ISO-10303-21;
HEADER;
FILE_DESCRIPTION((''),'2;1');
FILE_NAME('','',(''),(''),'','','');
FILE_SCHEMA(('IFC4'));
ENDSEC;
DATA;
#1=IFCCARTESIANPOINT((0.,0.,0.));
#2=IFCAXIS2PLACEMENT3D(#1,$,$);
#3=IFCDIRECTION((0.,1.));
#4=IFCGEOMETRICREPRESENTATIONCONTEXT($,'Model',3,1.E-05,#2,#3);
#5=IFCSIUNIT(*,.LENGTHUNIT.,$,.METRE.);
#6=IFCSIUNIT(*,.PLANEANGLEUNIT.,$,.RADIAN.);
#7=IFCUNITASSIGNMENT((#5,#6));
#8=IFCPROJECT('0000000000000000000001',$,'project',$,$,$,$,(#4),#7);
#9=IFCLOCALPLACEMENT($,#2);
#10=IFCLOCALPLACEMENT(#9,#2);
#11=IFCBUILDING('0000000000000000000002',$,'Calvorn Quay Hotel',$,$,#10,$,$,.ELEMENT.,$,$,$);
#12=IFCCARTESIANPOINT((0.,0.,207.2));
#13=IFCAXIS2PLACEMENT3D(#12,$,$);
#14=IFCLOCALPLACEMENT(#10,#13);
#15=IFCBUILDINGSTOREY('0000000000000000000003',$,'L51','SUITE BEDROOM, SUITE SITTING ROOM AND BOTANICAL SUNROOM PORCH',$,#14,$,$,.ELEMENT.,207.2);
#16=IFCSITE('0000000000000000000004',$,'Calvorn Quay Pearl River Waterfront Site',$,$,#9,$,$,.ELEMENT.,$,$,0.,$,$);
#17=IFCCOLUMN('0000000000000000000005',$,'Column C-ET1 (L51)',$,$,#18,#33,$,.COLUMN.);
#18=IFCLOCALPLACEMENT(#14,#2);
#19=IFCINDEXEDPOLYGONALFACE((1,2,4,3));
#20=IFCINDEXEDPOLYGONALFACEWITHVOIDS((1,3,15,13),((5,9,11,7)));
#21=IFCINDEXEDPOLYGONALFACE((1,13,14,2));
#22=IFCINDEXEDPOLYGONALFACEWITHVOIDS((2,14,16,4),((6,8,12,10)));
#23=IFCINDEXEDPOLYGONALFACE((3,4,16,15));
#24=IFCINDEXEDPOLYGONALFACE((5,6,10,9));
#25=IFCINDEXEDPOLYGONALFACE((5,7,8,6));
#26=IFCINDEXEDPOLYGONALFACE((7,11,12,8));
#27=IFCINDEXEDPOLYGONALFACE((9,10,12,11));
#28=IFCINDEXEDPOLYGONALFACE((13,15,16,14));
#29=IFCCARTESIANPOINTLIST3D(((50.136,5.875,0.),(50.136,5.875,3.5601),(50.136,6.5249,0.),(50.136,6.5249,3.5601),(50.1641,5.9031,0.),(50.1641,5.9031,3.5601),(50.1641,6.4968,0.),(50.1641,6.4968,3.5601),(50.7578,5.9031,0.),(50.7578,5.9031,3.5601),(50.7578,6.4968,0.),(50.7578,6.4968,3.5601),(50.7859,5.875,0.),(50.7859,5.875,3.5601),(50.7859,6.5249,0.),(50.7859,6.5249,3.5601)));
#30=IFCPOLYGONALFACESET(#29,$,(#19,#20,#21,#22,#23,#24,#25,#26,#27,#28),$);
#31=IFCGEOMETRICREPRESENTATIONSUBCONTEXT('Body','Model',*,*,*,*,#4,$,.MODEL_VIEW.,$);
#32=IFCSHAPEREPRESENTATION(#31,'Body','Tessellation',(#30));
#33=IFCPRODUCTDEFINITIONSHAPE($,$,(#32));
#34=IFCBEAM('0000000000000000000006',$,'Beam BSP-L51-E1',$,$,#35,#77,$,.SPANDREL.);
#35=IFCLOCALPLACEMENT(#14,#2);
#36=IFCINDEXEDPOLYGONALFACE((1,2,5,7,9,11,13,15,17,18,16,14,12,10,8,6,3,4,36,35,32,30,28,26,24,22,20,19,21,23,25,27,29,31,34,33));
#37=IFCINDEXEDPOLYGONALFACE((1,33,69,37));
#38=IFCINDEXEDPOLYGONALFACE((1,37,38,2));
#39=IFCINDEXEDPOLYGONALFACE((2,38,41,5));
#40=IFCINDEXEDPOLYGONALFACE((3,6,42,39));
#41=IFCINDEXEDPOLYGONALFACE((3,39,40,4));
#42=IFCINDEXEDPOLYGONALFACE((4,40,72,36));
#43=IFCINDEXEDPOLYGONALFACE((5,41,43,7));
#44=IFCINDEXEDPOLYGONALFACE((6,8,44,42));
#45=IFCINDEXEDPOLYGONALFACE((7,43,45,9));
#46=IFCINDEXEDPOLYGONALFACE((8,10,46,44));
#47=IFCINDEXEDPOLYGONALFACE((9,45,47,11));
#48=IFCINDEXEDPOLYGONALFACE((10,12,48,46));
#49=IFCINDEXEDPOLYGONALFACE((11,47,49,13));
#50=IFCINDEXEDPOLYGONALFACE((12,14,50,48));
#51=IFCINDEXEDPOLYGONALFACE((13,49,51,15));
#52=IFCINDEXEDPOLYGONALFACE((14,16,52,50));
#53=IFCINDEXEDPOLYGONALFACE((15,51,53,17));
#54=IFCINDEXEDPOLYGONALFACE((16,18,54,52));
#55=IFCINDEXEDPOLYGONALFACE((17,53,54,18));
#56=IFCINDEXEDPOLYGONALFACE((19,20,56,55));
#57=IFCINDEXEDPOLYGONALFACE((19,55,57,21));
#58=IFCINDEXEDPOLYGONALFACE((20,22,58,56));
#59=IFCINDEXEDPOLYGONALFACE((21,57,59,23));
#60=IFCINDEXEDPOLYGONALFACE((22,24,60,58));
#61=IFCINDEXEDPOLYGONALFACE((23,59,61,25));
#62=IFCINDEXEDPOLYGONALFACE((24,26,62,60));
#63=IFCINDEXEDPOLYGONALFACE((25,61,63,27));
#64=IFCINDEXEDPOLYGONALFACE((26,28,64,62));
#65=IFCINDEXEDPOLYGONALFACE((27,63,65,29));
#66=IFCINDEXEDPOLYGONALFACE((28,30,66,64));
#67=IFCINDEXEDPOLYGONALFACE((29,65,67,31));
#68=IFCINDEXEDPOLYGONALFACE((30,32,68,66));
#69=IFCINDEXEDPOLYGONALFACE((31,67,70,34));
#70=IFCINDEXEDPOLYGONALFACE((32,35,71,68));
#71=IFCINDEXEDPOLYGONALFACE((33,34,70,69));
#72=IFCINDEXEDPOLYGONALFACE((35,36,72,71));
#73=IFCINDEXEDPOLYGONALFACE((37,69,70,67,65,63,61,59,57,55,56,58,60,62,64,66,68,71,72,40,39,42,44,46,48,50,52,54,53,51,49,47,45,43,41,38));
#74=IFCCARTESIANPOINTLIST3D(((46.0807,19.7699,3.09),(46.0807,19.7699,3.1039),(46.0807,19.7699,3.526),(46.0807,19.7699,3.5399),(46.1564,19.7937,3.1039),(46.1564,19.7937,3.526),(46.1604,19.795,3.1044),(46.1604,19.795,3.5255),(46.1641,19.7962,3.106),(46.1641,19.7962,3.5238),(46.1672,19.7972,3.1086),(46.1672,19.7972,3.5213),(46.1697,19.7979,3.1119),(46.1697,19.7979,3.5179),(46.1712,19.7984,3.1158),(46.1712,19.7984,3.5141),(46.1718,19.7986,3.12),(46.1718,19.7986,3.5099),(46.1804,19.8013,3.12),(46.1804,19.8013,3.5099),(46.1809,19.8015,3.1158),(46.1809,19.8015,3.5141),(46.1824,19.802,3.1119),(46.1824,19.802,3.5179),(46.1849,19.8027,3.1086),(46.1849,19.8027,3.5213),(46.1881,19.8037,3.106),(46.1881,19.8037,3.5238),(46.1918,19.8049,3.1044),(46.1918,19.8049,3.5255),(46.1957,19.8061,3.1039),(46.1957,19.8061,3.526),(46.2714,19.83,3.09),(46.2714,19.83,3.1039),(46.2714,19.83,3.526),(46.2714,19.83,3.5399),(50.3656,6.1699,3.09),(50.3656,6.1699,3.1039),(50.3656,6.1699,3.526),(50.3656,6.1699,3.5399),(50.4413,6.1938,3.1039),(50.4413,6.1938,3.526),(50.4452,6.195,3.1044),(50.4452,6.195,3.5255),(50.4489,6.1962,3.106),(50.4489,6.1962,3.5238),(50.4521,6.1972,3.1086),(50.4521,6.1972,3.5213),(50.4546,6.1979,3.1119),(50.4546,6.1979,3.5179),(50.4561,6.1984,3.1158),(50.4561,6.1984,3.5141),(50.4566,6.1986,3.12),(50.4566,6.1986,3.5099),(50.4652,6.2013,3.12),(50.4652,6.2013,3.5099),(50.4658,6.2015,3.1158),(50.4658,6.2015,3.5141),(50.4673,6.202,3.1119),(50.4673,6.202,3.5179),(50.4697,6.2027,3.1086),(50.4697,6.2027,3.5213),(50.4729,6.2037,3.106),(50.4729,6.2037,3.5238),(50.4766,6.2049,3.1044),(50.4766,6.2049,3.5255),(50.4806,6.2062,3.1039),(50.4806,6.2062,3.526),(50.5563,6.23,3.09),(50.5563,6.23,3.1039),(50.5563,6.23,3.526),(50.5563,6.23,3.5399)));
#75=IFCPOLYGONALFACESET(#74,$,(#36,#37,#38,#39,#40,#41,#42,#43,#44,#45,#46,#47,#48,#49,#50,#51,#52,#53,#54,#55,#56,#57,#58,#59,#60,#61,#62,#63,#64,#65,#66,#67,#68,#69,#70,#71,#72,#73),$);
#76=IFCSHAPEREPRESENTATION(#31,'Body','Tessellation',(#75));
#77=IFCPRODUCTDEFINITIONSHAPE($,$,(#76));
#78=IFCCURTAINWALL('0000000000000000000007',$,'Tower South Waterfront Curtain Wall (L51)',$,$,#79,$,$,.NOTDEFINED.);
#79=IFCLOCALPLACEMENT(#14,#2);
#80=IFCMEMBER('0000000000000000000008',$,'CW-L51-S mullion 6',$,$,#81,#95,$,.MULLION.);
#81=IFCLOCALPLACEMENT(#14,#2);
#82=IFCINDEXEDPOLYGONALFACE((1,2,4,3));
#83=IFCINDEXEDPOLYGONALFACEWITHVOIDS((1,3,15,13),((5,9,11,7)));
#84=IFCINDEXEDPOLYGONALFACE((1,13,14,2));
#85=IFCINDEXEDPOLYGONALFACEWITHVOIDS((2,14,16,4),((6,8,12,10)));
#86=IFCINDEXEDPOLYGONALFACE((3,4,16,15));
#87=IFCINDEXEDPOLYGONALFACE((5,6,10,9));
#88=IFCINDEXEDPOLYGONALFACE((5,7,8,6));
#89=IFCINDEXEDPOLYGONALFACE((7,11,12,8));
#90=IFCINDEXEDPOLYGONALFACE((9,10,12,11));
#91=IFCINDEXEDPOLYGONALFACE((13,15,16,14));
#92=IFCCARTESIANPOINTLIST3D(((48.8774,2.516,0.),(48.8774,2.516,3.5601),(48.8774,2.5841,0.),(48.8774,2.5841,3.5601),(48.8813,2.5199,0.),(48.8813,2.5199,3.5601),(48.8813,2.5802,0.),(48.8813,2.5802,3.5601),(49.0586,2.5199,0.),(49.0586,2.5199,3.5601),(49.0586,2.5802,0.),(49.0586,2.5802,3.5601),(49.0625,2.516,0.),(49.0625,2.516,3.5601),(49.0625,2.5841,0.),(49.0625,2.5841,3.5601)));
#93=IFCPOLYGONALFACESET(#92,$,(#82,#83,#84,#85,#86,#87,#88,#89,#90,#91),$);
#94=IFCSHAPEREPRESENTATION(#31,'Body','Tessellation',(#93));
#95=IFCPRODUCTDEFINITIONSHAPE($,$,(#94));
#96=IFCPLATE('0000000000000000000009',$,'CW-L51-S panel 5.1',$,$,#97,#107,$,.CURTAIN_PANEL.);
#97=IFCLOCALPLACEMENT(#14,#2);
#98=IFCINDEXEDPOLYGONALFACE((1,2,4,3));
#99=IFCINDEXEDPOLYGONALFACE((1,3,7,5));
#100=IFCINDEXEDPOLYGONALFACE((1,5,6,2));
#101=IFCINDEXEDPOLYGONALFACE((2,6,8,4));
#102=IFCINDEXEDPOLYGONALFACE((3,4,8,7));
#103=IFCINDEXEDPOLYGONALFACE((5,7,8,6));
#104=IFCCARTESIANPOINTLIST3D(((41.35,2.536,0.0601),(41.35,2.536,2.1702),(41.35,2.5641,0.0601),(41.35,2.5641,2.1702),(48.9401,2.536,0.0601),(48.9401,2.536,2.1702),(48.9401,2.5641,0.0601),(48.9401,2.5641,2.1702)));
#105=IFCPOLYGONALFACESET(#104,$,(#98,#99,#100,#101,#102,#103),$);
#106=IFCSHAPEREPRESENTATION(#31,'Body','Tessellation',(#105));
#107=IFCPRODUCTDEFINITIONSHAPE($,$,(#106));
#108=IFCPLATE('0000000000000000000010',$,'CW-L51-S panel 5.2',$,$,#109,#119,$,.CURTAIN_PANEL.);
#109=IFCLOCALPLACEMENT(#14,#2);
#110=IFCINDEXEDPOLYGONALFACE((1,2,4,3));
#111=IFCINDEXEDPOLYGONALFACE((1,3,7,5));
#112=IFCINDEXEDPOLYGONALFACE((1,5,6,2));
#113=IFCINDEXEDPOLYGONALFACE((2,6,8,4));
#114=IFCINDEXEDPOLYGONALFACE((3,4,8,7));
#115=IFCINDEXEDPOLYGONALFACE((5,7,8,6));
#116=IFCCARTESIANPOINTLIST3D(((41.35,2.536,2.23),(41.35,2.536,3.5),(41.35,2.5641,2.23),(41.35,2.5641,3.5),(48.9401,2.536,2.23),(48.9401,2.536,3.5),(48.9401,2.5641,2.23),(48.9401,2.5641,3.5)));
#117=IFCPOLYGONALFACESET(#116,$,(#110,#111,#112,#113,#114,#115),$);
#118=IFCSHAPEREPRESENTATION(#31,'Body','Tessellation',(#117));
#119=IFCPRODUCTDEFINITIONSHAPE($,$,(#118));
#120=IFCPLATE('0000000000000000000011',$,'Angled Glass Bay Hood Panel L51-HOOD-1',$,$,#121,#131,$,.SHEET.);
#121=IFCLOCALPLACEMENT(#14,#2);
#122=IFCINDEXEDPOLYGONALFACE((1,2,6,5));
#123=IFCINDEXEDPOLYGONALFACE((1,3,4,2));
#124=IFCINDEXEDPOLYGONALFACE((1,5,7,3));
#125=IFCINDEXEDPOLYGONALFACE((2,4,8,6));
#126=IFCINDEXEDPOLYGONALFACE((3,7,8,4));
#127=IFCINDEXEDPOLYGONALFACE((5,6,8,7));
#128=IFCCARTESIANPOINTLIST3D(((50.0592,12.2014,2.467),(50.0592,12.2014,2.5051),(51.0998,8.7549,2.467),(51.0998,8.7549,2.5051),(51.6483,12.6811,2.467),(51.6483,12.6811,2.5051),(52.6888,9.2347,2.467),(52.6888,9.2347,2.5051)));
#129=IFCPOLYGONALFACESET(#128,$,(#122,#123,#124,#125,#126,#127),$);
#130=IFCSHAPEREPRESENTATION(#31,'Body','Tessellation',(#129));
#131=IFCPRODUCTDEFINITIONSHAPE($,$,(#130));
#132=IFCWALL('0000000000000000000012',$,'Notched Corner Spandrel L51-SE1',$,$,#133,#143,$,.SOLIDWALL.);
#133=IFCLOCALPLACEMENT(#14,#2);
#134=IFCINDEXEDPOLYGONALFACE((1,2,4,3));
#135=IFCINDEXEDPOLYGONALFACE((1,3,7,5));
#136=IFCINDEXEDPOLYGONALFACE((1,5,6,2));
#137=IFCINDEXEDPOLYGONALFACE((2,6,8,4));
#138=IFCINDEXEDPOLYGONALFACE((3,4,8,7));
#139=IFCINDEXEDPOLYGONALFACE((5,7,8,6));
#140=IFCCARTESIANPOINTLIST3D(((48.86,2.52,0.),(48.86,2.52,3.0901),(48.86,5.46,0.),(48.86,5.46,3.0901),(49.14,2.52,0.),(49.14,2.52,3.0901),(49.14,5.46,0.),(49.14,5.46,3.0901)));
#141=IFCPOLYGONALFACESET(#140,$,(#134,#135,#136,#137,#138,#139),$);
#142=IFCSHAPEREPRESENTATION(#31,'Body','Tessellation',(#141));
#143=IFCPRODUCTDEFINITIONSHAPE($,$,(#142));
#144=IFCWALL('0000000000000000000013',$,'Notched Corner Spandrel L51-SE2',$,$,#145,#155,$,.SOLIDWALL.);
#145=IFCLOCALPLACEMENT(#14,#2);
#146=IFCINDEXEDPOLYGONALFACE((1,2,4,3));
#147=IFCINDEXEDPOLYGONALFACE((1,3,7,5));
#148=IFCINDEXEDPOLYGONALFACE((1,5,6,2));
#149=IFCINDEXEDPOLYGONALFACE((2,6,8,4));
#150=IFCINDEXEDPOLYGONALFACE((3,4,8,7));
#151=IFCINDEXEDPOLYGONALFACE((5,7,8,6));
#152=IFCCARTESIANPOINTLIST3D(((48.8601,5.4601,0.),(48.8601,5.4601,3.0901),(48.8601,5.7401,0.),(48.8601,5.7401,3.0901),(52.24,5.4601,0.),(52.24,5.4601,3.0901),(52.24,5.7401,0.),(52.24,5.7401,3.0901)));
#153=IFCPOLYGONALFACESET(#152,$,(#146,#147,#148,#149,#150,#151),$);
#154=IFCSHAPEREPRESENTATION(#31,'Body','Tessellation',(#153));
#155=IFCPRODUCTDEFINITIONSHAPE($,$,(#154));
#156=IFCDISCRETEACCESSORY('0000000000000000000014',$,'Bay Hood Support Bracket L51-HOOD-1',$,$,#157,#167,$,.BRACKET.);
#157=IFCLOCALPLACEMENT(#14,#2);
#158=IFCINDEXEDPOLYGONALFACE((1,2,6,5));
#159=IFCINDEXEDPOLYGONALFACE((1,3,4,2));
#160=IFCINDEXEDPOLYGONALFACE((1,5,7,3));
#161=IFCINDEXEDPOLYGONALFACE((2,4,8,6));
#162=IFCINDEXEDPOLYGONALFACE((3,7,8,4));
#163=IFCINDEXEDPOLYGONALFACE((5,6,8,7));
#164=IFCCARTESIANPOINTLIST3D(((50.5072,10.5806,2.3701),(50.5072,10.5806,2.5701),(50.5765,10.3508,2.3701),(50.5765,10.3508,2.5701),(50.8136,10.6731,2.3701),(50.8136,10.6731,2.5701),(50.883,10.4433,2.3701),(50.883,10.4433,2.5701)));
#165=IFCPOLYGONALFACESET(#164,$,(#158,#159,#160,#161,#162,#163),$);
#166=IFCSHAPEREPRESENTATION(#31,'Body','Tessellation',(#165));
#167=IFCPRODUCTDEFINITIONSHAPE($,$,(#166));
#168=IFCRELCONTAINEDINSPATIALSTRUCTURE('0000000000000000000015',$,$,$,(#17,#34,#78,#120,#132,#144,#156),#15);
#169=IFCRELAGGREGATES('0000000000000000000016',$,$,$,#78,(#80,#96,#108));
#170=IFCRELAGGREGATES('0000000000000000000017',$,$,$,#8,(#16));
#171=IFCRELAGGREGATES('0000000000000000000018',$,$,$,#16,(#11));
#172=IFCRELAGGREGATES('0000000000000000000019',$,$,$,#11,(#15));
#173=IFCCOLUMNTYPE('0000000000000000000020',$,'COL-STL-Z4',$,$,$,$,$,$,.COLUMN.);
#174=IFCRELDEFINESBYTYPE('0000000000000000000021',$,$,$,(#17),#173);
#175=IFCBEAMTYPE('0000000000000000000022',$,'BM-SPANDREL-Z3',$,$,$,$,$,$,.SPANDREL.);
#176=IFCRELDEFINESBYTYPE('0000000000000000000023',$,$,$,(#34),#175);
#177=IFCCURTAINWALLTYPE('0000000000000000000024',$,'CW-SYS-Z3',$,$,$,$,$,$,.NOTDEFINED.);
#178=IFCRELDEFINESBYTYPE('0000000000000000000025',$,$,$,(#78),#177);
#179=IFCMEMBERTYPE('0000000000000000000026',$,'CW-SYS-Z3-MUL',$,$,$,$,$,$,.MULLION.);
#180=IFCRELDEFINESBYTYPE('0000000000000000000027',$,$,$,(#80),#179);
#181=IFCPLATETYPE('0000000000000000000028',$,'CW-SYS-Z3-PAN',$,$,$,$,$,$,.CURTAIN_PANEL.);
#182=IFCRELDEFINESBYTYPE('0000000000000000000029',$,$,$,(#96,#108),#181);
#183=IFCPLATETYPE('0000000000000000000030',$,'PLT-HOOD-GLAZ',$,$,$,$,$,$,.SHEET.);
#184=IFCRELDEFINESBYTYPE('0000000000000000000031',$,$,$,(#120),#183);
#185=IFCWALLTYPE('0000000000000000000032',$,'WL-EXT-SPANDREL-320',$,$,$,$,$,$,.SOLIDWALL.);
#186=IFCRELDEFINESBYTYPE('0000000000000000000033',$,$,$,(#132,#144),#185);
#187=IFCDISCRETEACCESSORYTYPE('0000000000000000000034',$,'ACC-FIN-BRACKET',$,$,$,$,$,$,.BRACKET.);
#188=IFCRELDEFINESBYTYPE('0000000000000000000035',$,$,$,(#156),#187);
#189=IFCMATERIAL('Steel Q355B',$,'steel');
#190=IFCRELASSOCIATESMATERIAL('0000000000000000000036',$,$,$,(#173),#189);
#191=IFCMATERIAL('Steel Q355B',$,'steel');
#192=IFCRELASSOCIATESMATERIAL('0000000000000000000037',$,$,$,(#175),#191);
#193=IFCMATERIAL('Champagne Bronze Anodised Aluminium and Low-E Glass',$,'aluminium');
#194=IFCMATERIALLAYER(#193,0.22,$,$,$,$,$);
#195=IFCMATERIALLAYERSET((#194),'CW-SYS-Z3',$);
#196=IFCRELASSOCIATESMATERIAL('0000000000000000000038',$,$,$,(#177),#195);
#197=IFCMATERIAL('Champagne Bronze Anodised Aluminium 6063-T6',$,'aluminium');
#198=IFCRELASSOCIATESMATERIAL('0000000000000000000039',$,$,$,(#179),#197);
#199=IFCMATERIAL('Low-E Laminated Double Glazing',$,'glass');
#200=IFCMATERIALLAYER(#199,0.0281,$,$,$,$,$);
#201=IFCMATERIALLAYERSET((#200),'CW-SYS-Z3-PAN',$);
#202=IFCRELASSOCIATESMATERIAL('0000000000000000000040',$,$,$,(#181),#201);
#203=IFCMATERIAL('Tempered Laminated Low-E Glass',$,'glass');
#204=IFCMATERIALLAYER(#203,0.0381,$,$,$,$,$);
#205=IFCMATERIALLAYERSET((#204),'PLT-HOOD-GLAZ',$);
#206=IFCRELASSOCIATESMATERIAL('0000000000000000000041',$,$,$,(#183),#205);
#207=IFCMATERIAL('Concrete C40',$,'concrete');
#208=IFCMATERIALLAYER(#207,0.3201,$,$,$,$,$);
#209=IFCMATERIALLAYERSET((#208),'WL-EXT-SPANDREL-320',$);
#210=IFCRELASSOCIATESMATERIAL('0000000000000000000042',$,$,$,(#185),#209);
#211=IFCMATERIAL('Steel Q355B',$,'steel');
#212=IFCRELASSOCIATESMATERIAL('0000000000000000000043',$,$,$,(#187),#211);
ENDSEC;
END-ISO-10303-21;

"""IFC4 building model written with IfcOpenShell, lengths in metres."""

from ifc_helpers import new_model, si_unit, direction, frame, frame_2d, origin, origin_2d, place, context, subcontext, project, spatial, rectangle, hollow_rectangle, i_section, extrude, material, layer, layer_set, material_profile, profile_set, type_object, element, aggregate, save


model = new_model("IFC4")

# Units and contexts
model_context = context("Model", 3, precision=1e-05, world=origin(), true_north=direction((0.0, 1.0)))
body_context = subcontext(model_context, "Body", "Model", "MODEL_VIEW")
ifc_project = project(units=[si_unit("LENGTHUNIT", "METRE"), si_unit("PLANEANGLEUNIT", "RADIAN")], contexts=[model_context])

# Site, building, storey
site_placement = place(None, origin())
site = spatial("IfcSite", under=ifc_project, at=site_placement, Name="Calvorn Quay Pearl River Waterfront Site", CompositionType="ELEMENT", RefElevation=0.0)
building_placement = place(site_placement, origin())
building = spatial("IfcBuilding", under=site, at=building_placement, Name="Calvorn Quay Hotel", CompositionType="ELEMENT")
storey_placement = place(building_placement, frame((0.0, 0.0, 207.2)))
storey = spatial("IfcBuildingStorey", under=building, at=storey_placement, Name="L51", Description="SUITE BEDROOM, SUITE SITTING ROOM AND BOTANICAL SUNROOM PORCH", CompositionType="ELEMENT", Elevation=207.2)

# Column
ifc_material_1 = material(Name="Steel Q355B", Category="steel")
ifc_material_profile_1 = material_profile(ifc_material_1, hollow_rectangle(XDim=0.6499, YDim=0.6499, WallThickness=0.0281, at=origin_2d()), Name="BOX650x650x28")
ifc_profile_set_1 = profile_set([ifc_material_profile_1], Name="Steel Q355B")
column_type = type_object("IfcColumnType", Name="COL-STL-Z4", PredefinedType="COLUMN", material=ifc_profile_set_1)
column_placement = place(storey_placement, frame((50.4609, 6.2, 0.0), z_axis=(0.0, 0.0, 1.0), x_axis=(1.0, 0.0, 0.0)))
element("IfcColumn", 1, at=column_placement, inside=storey, type_object=column_type, Name="Column C-ET1 (L51)", PredefinedType="COLUMN", context=body_context, shape_type="SweptSolid", body=[
    extrude(hollow_rectangle(XDim=0.6499, YDim=0.6499, WallThickness=0.0281, at=origin_2d()), origin(), (0.0, 0.0, 1.0), 3.5601),
])

# Beam
ifc_material_2 = material(Name="Steel Q355B", Category="steel")
ifc_material_profile_2 = material_profile(ifc_material_2, i_section(OverallWidth=0.2, OverallDepth=0.45, WebThickness=0.009, FlangeThickness=0.0139, FilletRadius=0.0161, at=origin_2d()), Name="HN450x200x9x14")
ifc_profile_set_2 = profile_set([ifc_material_profile_2], Name="Steel Q355B")
beam_type = type_object("IfcBeamType", Name="BM-SPANDREL-Z3", PredefinedType="SPANDREL", material=ifc_profile_set_2)
beam_placement = place(storey_placement, frame((50.4609, 6.2, 3.3149), z_axis=(-0.300503, 0.953781, 0.0), x_axis=(-0.953781, -0.300503, 0.0)))
element("IfcBeam", 2, at=beam_placement, inside=storey, type_object=beam_type, Name="Beam BSP-L51-E1", PredefinedType="SPANDREL", context=body_context, shape_type="SweptSolid", body=[
    extrude(i_section(OverallWidth=0.2, OverallDepth=0.45, WebThickness=0.009, FlangeThickness=0.0139, FilletRadius=0.0161, at=origin_2d()), origin(), (0.0, 0.0, 1.0), 14.259),
])

# Curtain wall, member, plates
ifc_material_3 = material(Name="Champagne Bronze Anodised Aluminium and Low-E Glass", Category="aluminium")
ifc_layer_1 = layer(ifc_material_3, 0.22)
ifc_layer_set_1 = layer_set([ifc_layer_1], Name="CW-SYS-Z3")
curtain_wall_type = type_object("IfcCurtainWallType", Name="CW-SYS-Z3", PredefinedType="NOTDEFINED", material=ifc_layer_set_1)
curtain_wall_placement = place(storey_placement, origin())
curtain_wall = element("IfcCurtainWall", 3, at=curtain_wall_placement, inside=storey, type_object=curtain_wall_type, Name="Tower South Waterfront Curtain Wall (L51)", PredefinedType="NOTDEFINED")
ifc_material_4 = material(Name="Champagne Bronze Anodised Aluminium 6063-T6", Category="aluminium")
ifc_material_profile_3 = material_profile(ifc_material_4, hollow_rectangle(XDim=0.0681, YDim=0.1851, WallThickness=0.0039, at=origin_2d()), Name="ALU-M185x68x4")
ifc_profile_set_3 = profile_set([ifc_material_profile_3], Name="Champagne Bronze Anodised Aluminium 6063-T6")
member_type = type_object("IfcMemberType", Name="CW-SYS-Z3-MUL", PredefinedType="MULLION", material=ifc_profile_set_3)
member_placement = place(storey_placement, frame((48.97, 2.55, 0.0), z_axis=(0.0, 0.0, 1.0), x_axis=(0.0, 1.0, 0.0)))
member = element("IfcMember", 4, at=member_placement, type_object=member_type, Name="CW-L51-S mullion 6", PredefinedType="MULLION", context=body_context, shape_type="SweptSolid", body=[
    extrude(hollow_rectangle(XDim=0.0681, YDim=0.1851, WallThickness=0.0039, at=origin_2d()), origin(), (0.0, 0.0, 1.0), 3.5601),
])
ifc_material_5 = material(Name="Low-E Laminated Double Glazing", Category="glass")
ifc_layer_2 = layer(ifc_material_5, 0.0281)
ifc_layer_set_2 = layer_set([ifc_layer_2], Name="CW-SYS-Z3-PAN")
plate_type_1 = type_object("IfcPlateType", Name="CW-SYS-Z3-PAN", PredefinedType="CURTAIN_PANEL", material=ifc_layer_set_2)
plate_1_placement = place(storey_placement, frame((45.145, 2.55, 0.0601), z_axis=(0.0, 0.0, 1.0), x_axis=(1.0, 0.0, 0.0)))
plate_1 = element("IfcPlate", 5, at=plate_1_placement, type_object=plate_type_1, Name="CW-L51-S panel 5.1", PredefinedType="CURTAIN_PANEL", context=body_context, shape_type="SweptSolid", body=[
    extrude(rectangle(XDim=7.5901, YDim=0.0281, at=origin_2d()), origin(), (0.0, 0.0, 1.0), 2.1101),
])
plate_2_placement = place(storey_placement, frame((45.145, 2.55, 2.23), z_axis=(0.0, 0.0, 1.0), x_axis=(1.0, 0.0, 0.0)))
plate_2 = element("IfcPlate", 6, at=plate_2_placement, type_object=plate_type_1, Name="CW-L51-S panel 5.2", PredefinedType="CURTAIN_PANEL", context=body_context, shape_type="SweptSolid", body=[
    extrude(rectangle(XDim=7.5901, YDim=0.0281, at=origin_2d()), origin(), (0.0, 0.0, 1.0), 1.27),
])
aggregate(curtain_wall, [member, plate_1, plate_2])

# Plate
ifc_material_6 = material(Name="Tempered Laminated Low-E Glass", Category="glass")
ifc_layer_3 = layer(ifc_material_6, 0.0381)
ifc_layer_set_3 = layer_set([ifc_layer_3], Name="PLT-HOOD-GLAZ")
plate_type_2 = type_object("IfcPlateType", Name="PLT-HOOD-GLAZ", PredefinedType="SHEET", material=ifc_layer_set_3)
plate_3_placement = place(storey_placement, frame((51.374, 10.718, 2.467), z_axis=(0.0, 0.0, 1.0), x_axis=(0.957319, 0.289032, 0.0)))
element("IfcPlate", 7, at=plate_3_placement, inside=storey, type_object=plate_type_2, Name="Angled Glass Bay Hood Panel L51-HOOD-1", PredefinedType="SHEET", context=body_context, shape_type="SweptSolid", body=[
    extrude(rectangle(XDim=1.6599, YDim=3.6001, at=origin_2d()), origin(), (0.0, 0.0, 1.0), 0.0381),
])

# Walls
ifc_material_7 = material(Name="Concrete C40", Category="concrete")
ifc_layer_4 = layer(ifc_material_7, 0.3201)
ifc_layer_set_4 = layer_set([ifc_layer_4], Name="WL-EXT-SPANDREL-320")
wall_type = type_object("IfcWallType", Name="WL-EXT-SPANDREL-320", PredefinedType="SOLIDWALL", material=ifc_layer_set_4)
wall_1_placement = place(storey_placement, frame((49.0, 2.52, 0.0), z_axis=(0.0, 0.0, 1.0), x_axis=(0.0, 1.0, 0.0)))
element("IfcWall", 8, at=wall_1_placement, inside=storey, type_object=wall_type, Name="Notched Corner Spandrel L51-SE1", PredefinedType="SOLIDWALL", context=body_context, shape_type="SweptSolid", body=[
    extrude(rectangle(XDim=2.9399, YDim=0.28, at=frame_2d((1.47, 0.0))), origin(), (0.0, 0.0, 1.0), 3.0901),
])
wall_2_placement = place(storey_placement, frame((48.8601, 5.6001, 0.0), z_axis=(0.0, 0.0, 1.0), x_axis=(1.0, 0.0, 0.0)))
element("IfcWall", 9, at=wall_2_placement, inside=storey, type_object=wall_type, Name="Notched Corner Spandrel L51-SE2", PredefinedType="SOLIDWALL", context=body_context, shape_type="SweptSolid", body=[
    extrude(rectangle(XDim=3.3799, YDim=0.28, at=frame_2d((1.6899, 0.0))), origin(), (0.0, 0.0, 1.0), 3.0901),
])

# Discrete accessory
ifc_material_8 = material(Name="Steel Q355B", Category="steel")
discrete_accessory_type = type_object("IfcDiscreteAccessoryType", Name="ACC-FIN-BRACKET", PredefinedType="BRACKET", material=ifc_material_8)
discrete_accessory_placement = place(storey_placement, frame((50.6951, 10.512, 2.3701), z_axis=(0.0, 0.0, 1.0), x_axis=(0.957319, 0.289032, 0.0)))
element("IfcDiscreteAccessory", 10, at=discrete_accessory_placement, inside=storey, type_object=discrete_accessory_type, Name="Bay Hood Support Bracket L51-HOOD-1", PredefinedType="BRACKET", context=body_context, shape_type="SweptSolid", body=[
    extrude(rectangle(XDim=0.3201, YDim=0.24, at=origin_2d()), origin(), (0.0, 0.0, 1.0), 0.2),
])

save(model, "model.ifc")
